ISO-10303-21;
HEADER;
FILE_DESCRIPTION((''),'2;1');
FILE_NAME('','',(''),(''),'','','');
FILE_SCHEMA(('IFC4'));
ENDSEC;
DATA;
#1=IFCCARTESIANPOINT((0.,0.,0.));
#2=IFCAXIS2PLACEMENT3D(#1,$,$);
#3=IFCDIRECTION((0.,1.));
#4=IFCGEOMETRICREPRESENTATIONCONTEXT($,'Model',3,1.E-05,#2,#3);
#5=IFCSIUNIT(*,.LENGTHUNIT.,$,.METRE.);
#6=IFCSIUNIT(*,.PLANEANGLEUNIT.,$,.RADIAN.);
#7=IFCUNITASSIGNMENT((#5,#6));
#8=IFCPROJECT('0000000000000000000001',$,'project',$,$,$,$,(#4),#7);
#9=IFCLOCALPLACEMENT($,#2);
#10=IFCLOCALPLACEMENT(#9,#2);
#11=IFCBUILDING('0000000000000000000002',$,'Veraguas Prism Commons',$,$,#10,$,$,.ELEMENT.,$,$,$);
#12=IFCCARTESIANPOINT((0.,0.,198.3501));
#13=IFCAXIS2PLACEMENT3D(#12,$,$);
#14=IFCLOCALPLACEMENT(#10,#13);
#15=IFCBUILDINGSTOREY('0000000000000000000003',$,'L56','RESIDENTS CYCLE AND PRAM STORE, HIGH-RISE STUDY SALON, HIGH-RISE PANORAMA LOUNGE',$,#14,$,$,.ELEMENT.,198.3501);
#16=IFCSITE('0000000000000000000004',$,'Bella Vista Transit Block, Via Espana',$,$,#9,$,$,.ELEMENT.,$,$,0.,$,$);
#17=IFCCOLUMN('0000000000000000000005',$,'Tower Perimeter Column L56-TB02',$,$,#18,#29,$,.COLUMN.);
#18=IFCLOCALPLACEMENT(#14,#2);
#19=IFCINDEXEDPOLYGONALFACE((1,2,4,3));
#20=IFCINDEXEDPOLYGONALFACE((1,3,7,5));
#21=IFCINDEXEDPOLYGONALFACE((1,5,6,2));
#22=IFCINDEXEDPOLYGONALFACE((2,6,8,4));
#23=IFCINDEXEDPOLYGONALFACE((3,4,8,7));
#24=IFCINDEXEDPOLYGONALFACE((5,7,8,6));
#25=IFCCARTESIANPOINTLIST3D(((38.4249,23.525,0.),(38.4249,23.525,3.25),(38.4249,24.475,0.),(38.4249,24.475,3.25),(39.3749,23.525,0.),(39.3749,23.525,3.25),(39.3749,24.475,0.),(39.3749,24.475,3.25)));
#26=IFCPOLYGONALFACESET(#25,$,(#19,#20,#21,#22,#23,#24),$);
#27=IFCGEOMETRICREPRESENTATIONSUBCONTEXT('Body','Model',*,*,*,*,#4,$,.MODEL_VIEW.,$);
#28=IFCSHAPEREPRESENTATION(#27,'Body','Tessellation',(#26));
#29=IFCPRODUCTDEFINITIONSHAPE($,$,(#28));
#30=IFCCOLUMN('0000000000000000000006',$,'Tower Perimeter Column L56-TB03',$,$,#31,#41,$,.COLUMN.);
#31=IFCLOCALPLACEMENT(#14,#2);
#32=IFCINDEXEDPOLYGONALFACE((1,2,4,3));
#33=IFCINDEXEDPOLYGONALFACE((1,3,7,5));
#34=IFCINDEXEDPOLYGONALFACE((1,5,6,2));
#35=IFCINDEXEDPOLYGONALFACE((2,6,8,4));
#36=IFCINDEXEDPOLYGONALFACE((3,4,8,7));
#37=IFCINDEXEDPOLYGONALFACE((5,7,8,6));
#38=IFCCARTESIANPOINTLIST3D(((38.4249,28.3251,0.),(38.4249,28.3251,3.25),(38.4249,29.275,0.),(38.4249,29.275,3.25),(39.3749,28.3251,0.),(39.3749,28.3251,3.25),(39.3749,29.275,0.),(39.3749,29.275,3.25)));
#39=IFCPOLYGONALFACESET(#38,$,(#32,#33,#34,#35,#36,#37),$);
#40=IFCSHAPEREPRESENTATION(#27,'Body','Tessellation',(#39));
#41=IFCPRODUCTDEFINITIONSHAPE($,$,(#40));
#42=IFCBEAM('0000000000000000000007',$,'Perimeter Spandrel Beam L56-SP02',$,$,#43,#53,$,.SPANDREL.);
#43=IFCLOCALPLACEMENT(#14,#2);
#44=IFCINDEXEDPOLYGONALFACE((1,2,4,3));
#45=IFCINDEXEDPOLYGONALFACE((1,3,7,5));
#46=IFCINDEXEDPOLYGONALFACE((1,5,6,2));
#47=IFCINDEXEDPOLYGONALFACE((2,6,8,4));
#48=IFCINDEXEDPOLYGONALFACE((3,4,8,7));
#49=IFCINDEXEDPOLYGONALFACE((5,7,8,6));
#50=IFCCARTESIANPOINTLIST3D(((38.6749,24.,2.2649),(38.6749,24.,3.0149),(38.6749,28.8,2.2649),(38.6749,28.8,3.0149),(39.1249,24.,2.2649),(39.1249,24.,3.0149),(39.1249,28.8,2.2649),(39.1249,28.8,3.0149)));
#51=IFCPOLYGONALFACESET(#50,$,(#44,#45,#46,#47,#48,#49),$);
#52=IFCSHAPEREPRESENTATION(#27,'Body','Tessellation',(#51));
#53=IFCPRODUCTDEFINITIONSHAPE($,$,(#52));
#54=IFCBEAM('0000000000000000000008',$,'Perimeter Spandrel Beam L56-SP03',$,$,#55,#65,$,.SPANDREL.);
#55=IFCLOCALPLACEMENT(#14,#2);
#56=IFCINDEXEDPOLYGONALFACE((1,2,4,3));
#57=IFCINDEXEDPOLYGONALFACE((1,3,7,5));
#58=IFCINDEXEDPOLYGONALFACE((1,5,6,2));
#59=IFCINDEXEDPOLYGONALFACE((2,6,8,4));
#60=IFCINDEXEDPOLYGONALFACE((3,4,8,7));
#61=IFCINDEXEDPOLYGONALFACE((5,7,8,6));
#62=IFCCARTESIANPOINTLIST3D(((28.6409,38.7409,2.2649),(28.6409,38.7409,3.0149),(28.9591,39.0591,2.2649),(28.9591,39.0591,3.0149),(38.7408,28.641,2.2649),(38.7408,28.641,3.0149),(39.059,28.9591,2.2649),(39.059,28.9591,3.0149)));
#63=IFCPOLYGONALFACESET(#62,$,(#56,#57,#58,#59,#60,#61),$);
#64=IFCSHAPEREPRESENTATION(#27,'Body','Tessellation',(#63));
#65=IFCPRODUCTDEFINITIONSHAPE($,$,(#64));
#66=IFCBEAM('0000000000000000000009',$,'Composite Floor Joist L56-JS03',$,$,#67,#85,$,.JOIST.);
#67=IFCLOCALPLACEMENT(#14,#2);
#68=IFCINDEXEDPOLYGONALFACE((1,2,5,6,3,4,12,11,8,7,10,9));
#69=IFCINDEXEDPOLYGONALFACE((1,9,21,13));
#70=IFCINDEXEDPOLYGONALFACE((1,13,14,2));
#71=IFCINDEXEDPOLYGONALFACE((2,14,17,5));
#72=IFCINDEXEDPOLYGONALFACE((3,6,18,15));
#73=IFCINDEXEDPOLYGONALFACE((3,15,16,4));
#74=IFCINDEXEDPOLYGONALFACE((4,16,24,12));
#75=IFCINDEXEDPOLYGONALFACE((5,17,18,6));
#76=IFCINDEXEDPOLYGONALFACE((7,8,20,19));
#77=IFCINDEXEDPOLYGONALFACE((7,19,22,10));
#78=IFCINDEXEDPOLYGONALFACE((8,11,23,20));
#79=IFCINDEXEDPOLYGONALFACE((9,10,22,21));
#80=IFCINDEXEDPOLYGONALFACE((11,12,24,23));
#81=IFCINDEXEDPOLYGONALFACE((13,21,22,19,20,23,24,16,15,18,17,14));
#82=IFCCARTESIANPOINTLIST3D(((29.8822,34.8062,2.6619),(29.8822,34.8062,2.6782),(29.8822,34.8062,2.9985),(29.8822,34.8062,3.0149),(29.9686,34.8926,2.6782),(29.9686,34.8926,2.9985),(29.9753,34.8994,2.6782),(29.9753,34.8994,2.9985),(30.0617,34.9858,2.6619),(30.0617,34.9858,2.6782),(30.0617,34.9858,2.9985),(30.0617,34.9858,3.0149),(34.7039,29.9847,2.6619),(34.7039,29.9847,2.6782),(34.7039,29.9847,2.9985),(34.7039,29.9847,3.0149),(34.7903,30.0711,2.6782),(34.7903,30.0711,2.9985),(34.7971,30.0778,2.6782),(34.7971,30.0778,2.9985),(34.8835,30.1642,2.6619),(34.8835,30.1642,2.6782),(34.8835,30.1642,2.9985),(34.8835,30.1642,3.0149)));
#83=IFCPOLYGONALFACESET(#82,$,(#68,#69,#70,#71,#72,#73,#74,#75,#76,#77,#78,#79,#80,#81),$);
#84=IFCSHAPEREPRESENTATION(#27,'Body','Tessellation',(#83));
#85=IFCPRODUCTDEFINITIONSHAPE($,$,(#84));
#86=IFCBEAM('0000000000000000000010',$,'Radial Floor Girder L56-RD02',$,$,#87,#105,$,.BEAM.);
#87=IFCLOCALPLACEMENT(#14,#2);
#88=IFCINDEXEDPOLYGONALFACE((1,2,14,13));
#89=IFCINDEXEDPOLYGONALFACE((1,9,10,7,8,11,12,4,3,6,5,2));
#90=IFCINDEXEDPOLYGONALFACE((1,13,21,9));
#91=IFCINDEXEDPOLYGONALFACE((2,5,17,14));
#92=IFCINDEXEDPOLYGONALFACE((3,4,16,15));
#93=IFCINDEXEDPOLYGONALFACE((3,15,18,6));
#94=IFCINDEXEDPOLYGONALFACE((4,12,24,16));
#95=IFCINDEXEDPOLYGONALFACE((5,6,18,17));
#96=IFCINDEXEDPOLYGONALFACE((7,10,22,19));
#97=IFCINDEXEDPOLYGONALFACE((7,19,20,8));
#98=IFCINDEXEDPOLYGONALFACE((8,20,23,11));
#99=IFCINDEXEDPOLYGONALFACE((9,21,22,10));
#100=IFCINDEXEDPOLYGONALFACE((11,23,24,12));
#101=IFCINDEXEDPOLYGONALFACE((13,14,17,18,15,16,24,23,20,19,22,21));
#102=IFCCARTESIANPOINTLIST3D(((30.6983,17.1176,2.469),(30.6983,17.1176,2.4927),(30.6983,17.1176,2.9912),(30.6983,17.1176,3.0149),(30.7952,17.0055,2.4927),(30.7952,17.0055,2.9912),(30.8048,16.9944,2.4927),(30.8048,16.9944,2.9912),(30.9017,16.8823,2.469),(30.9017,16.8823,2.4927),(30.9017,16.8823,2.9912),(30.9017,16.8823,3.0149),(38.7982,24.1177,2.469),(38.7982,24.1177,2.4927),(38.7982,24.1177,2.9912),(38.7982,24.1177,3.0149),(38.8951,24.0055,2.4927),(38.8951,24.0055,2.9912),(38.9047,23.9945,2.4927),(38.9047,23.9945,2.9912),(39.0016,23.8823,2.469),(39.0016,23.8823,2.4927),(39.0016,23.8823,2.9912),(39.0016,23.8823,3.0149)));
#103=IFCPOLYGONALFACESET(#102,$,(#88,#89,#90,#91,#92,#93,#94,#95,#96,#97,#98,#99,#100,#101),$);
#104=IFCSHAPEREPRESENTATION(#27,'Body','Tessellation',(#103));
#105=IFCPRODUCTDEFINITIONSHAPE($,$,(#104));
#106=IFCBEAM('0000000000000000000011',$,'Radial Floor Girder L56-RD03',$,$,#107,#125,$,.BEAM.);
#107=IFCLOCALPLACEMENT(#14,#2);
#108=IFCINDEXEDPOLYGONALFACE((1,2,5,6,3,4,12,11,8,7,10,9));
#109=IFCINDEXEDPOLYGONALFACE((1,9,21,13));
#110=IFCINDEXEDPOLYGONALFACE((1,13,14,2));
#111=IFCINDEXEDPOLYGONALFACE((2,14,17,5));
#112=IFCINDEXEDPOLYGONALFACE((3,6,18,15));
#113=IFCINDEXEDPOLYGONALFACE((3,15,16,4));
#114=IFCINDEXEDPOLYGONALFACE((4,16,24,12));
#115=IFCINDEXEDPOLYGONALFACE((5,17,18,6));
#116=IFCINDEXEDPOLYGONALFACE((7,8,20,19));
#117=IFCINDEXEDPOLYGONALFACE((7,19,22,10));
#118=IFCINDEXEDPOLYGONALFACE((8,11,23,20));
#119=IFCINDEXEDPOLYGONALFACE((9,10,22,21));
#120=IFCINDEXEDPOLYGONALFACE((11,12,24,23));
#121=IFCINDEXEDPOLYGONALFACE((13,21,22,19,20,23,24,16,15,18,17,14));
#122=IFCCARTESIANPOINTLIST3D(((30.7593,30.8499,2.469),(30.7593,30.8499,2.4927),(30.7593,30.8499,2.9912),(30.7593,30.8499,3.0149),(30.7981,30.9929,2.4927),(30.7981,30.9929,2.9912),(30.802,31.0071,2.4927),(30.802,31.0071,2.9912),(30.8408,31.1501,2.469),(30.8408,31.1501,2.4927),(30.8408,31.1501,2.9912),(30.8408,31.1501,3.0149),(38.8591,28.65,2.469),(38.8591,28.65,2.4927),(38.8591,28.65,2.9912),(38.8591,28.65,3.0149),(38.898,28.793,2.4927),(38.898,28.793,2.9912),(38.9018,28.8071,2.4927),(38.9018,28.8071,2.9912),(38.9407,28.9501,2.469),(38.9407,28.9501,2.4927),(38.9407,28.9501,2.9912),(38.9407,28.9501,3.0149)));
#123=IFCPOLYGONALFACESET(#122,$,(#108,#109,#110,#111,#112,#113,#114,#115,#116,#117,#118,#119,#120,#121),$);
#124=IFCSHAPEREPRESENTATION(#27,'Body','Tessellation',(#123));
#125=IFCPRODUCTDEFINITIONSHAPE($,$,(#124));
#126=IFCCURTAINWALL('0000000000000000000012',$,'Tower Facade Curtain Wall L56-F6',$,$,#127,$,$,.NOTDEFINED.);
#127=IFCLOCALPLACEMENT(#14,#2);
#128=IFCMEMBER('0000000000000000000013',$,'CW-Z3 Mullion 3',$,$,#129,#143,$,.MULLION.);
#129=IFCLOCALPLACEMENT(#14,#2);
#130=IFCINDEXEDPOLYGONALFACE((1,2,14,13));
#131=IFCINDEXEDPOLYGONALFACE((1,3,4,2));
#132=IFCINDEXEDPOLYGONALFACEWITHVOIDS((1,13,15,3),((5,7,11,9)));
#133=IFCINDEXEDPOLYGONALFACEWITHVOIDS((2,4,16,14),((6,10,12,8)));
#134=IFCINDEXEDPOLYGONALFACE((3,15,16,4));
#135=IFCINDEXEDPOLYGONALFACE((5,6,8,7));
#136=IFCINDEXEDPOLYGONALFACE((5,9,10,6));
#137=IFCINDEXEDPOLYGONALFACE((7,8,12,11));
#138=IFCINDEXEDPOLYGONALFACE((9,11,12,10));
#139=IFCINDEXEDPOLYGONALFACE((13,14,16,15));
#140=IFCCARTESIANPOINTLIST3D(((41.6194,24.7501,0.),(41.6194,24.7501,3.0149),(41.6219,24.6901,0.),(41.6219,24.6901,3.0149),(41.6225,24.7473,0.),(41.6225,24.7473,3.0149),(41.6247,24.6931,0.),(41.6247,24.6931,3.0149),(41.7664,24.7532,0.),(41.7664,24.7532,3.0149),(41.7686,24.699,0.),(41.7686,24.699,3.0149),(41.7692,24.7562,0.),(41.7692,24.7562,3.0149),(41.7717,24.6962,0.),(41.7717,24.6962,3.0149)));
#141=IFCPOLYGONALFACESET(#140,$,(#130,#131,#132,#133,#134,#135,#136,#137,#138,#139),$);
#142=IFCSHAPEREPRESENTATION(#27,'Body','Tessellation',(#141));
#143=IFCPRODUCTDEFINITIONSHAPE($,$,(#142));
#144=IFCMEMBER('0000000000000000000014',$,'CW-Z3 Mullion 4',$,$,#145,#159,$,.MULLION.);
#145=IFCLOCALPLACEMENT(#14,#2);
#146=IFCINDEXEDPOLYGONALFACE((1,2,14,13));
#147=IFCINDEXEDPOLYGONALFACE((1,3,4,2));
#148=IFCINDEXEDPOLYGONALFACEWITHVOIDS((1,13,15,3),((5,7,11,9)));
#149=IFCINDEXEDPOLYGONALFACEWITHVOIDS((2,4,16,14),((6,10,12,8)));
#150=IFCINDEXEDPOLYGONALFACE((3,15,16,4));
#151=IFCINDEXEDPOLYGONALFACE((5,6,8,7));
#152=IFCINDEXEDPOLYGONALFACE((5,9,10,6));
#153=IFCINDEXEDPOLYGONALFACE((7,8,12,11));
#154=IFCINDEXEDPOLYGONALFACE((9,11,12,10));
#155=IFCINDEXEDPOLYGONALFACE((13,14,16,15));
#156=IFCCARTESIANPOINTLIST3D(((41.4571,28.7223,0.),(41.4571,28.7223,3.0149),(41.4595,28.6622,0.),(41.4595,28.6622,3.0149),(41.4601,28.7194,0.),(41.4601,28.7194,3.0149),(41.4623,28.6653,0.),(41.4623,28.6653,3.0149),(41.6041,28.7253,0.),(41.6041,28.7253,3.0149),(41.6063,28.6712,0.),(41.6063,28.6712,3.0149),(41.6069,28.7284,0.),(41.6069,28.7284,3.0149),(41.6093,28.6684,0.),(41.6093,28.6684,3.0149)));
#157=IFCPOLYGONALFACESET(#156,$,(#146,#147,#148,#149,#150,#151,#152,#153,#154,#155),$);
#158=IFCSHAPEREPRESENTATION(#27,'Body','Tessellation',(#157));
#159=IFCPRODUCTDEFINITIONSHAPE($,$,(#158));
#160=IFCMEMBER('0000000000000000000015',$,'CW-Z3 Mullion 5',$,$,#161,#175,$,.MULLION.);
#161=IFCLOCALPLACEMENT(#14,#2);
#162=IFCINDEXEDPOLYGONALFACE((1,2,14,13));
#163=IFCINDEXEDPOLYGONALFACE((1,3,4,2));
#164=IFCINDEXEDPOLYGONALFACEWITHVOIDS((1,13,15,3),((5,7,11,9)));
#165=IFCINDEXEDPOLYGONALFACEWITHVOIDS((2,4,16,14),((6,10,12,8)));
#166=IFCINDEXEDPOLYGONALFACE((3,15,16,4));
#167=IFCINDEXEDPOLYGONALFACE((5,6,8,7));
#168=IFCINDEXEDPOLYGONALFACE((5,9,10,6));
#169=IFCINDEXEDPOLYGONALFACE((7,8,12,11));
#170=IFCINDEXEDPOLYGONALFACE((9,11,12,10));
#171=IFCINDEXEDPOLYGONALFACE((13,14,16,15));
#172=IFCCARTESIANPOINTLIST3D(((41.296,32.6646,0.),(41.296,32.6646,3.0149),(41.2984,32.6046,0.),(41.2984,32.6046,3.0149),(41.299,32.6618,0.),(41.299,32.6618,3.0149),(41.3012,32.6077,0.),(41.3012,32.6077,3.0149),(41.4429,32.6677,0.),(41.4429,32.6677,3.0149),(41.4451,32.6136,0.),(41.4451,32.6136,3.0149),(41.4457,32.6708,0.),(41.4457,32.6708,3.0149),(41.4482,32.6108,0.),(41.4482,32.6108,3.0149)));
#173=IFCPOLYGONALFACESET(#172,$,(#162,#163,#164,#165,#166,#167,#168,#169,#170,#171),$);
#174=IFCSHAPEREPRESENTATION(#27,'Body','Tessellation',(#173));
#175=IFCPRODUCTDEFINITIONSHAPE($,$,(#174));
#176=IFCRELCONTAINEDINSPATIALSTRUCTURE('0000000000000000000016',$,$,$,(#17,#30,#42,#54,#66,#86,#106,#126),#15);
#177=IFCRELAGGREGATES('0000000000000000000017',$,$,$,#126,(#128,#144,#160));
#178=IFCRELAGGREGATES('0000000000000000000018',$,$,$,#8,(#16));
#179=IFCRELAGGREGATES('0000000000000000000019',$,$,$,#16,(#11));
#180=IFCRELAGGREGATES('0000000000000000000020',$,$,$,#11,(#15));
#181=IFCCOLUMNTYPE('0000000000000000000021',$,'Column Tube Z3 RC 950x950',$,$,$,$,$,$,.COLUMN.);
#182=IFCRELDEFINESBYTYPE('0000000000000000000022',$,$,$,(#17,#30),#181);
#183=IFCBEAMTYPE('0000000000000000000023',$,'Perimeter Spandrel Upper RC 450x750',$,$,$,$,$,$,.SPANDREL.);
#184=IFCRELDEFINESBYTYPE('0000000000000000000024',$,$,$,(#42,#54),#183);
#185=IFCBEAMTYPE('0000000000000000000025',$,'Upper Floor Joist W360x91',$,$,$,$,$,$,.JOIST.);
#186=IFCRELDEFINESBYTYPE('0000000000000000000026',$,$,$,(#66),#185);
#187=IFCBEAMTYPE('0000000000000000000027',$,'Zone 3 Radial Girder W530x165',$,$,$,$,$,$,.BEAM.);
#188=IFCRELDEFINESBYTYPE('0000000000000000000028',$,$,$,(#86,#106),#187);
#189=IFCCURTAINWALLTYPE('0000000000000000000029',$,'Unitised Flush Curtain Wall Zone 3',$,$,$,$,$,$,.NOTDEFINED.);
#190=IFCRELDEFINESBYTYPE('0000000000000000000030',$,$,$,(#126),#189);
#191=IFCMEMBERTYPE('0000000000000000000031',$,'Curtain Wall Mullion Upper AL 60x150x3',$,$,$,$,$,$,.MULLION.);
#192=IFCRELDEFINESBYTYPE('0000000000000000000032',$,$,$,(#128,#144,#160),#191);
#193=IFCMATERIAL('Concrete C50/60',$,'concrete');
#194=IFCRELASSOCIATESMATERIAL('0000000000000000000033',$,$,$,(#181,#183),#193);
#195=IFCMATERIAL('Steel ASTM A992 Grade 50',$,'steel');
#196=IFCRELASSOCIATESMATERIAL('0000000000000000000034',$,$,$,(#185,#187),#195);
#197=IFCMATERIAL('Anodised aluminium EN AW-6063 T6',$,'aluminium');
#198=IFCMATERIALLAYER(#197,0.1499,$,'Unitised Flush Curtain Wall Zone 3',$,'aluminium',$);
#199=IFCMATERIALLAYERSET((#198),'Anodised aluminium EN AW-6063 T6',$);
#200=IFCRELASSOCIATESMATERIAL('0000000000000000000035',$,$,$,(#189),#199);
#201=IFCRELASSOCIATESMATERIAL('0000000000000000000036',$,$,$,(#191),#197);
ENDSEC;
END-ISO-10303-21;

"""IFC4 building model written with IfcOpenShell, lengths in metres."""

from ifc_helpers import new_model, si_unit, direction, frame, origin, origin_2d, place, context, subcontext, project, spatial, rectangle, hollow_rectangle, i_section, extrude, source, transform, mapped, material, layer, layer_set, material_profile, profile_set, type_object, element, aggregate, save


model = new_model("IFC4")

# Units and contexts
model_context = context("Model", 3, precision=1e-05, world=origin(), true_north=direction((0.0, 1.0)))
body_context = subcontext(model_context, "Body", "Model", "MODEL_VIEW")
ifc_project = project(units=[si_unit("LENGTHUNIT", "METRE"), si_unit("PLANEANGLEUNIT", "RADIAN")], contexts=[model_context])

# Site, building, storey
site_placement = place(None, origin())
site = spatial("IfcSite", under=ifc_project, at=site_placement, Name="Bella Vista Transit Block, Via Espana", CompositionType="ELEMENT", RefElevation=0.0)
building_placement = place(site_placement, origin())
building = spatial("IfcBuilding", under=site, at=building_placement, Name="Veraguas Prism Commons", CompositionType="ELEMENT")
storey_placement = place(building_placement, frame((0.0, 0.0, 198.3501)))
storey = spatial("IfcBuildingStorey", under=building, at=storey_placement, Name="L56", Description="RESIDENTS CYCLE AND PRAM STORE, HIGH-RISE STUDY SALON, HIGH-RISE PANORAMA LOUNGE", CompositionType="ELEMENT", Elevation=198.3501)

# Columns
ifc_material_1 = material(Name="Concrete C50/60", Category="concrete")
ifc_material_profile_1 = material_profile(ifc_material_1, rectangle(XDim=0.95, YDim=0.95, at=origin_2d()), Name="RC950X950")
ifc_profile_set_1 = profile_set([ifc_material_profile_1], Name="Concrete C50/60")
column_type = type_object("IfcColumnType", Name="Column Tube Z3 RC 950x950", PredefinedType="COLUMN", material=ifc_profile_set_1)
for number, where, z_axis, x_axis, name in (
    (1, (38.8999, 24.0, 0.0), (0.0, 0.0, 1.0), (1.0, 0.0, 0.0), "Tower Perimeter Column L56-TB02"),
    (2, (38.8999, 28.8, 0.0), (0.0, 0.0, 1.0), (1.0, 0.0, 0.0), "Tower Perimeter Column L56-TB03"),
):
    element("IfcColumn", number, at=place(storey_placement, frame(where, z_axis=z_axis, x_axis=x_axis)), inside=storey, type_object=column_type, Name=name, PredefinedType="COLUMN", context=body_context, shape_type="SweptSolid", body=[
        extrude(rectangle(XDim=0.95, YDim=0.95, at=origin_2d()), origin(), (0.0, 0.0, 1.0), 3.25),
    ])

# Beams
ifc_material_profile_2 = material_profile(ifc_material_1, rectangle(XDim=0.45, YDim=0.75, at=origin_2d()), Name="RC450X750")
ifc_profile_set_2 = profile_set([ifc_material_profile_2], Name="Concrete C50/60")
beam_type_1 = type_object("IfcBeamType", Name="Perimeter Spandrel Upper RC 450x750", PredefinedType="SPANDREL", material=ifc_profile_set_2)
beam_1_placement = place(storey_placement, frame((38.8999, 24.0, 2.6399), z_axis=(0.0, 1.0, 0.0), x_axis=(-1.0, 0.0, 0.0)))
element("IfcBeam", 3, at=beam_1_placement, inside=storey, type_object=beam_type_1, Name="Perimeter Spandrel Beam L56-SP02", PredefinedType="SPANDREL", context=body_context, shape_type="SweptSolid", body=[
    extrude(rectangle(XDim=0.45, YDim=0.75, at=origin_2d()), origin(), (0.0, 0.0, 1.0), 4.8),
])
beam_2_placement = place(storey_placement, frame((38.8999, 28.8, 2.6399), z_axis=(-0.707107, 0.707107, 0.0), x_axis=(-0.707107, -0.707107, 0.0)))
element("IfcBeam", 4, at=beam_2_placement, inside=storey, type_object=beam_type_1, Name="Perimeter Spandrel Beam L56-SP03", PredefinedType="SPANDREL", context=body_context, shape_type="SweptSolid", body=[
    extrude(rectangle(XDim=0.45, YDim=0.75, at=origin_2d()), origin(), (0.0, 0.0, 1.0), 14.2834),
])
ifc_material_2 = material(Name="Steel ASTM A992 Grade 50", Category="steel")
ifc_material_profile_3 = material_profile(ifc_material_2, i_section(OverallWidth=0.2539, OverallDepth=0.353, WebThickness=0.0095, FlangeThickness=0.0164, at=origin_2d()), Name="W360X91")
ifc_profile_set_3 = profile_set([ifc_material_profile_3], Name="Steel ASTM A992 Grade 50")
beam_type_2 = type_object("IfcBeamType", Name="Upper Floor Joist W360x91", PredefinedType="JOIST", material=ifc_profile_set_3)
beam_3_placement = place(storey_placement, frame((34.7937, 30.0745, 2.8384), z_axis=(-0.707125, 0.707089, 0.0), x_axis=(-0.707089, -0.707125, 0.0)))
element("IfcBeam", 5, at=beam_3_placement, inside=storey, type_object=beam_type_2, Name="Composite Floor Joist L56-JS03", PredefinedType="JOIST", context=body_context, shape_type="SweptSolid", body=[
    extrude(i_section(OverallWidth=0.2539, OverallDepth=0.353, WebThickness=0.0095, FlangeThickness=0.0164, at=origin_2d()), origin(), (0.0, 0.0, 1.0), 6.8188),
])
ifc_material_profile_4 = material_profile(ifc_material_2, i_section(OverallWidth=0.311, OverallDepth=0.5459, WebThickness=0.0146, FlangeThickness=0.0237, at=origin_2d()), Name="W530X165")
ifc_profile_set_4 = profile_set([ifc_material_profile_4], Name="Steel ASTM A992 Grade 50")
beam_type_3 = type_object("IfcBeamType", Name="Zone 3 Radial Girder W530x165", PredefinedType="BEAM", material=ifc_profile_set_4)
beam_4_placement = place(storey_placement, frame((38.8999, 24.0, 2.7419), z_axis=(-0.756607, -0.65387, 0.0), x_axis=(0.65387, -0.756607, 0.0)))
element("IfcBeam", 6, at=beam_4_placement, inside=storey, type_object=beam_type_3, Name="Radial Floor Girder L56-RD02", PredefinedType="BEAM", context=body_context, shape_type="SweptSolid", body=[
    extrude(i_section(OverallWidth=0.311, OverallDepth=0.5459, WebThickness=0.0146, FlangeThickness=0.0237, at=origin_2d()), origin(), (0.0, 0.0, 1.0), 10.7056),
])
beam_5_placement = place(storey_placement, frame((38.8999, 28.8, 2.7419), z_axis=(-0.965039, 0.262108, 0.0), x_axis=(-0.262108, -0.965039, 0.0)))
element("IfcBeam", 7, at=beam_5_placement, inside=storey, type_object=beam_type_3, Name="Radial Floor Girder L56-RD03", PredefinedType="BEAM", context=body_context, shape_type="SweptSolid", body=[
    extrude(i_section(OverallWidth=0.311, OverallDepth=0.5459, WebThickness=0.0146, FlangeThickness=0.0237, at=origin_2d()), origin(), (0.0, 0.0, 1.0), 8.3933),
])

# Curtain wall, members
ifc_material_3 = material(Name="Anodised aluminium EN AW-6063 T6", Category="aluminium")
ifc_layer_1 = layer(ifc_material_3, 0.1499, Name="Unitised Flush Curtain Wall Zone 3", Category="aluminium")
ifc_layer_set_1 = layer_set([ifc_layer_1], Name="Anodised aluminium EN AW-6063 T6")
curtain_wall_type = type_object("IfcCurtainWallType", Name="Unitised Flush Curtain Wall Zone 3", PredefinedType="NOTDEFINED", material=ifc_layer_set_1)
curtain_wall_placement = place(storey_placement, origin())
curtain_wall = element("IfcCurtainWall", 8, at=curtain_wall_placement, inside=storey, type_object=curtain_wall_type, Name="Tower Facade Curtain Wall L56-F6", PredefinedType="NOTDEFINED")
ifc_material_profile_5 = material_profile(ifc_material_3, hollow_rectangle(XDim=0.0601, YDim=0.1499, WallThickness=0.0029, at=origin_2d()), Name="AL60X150X3")
ifc_profile_set_5 = profile_set([ifc_material_profile_5], Name="Anodised aluminium EN AW-6063 T6")
member_type = type_object("IfcMemberType", Name="Curtain Wall Mullion Upper AL 60x150x3", PredefinedType="MULLION", material=ifc_profile_set_5)
shared_shape_1 = source(origin(), body_context, "Body", "SweptSolid", [
    extrude(hollow_rectangle(XDim=0.0601, YDim=0.1499, WallThickness=0.0029, at=origin_2d()), origin(), (0.0, 0.0, 1.0), 3.0149),
])
member_1_placement = place(storey_placement, frame((41.6956, 24.7231, 0.0), z_axis=(0.0, 0.0, 1.0), x_axis=(-0.040829, 0.999166, 0.0)))
member_1 = element("IfcMember", 9, at=member_1_placement, type_object=member_type, Name="CW-Z3 Mullion 3", PredefinedType="MULLION", context=body_context, shape_type="MappedRepresentation", body=[
    mapped(shared_shape_1, transform((0.0, 0.0, 0.0), scale=1.0)),
])
member_2_placement = place(storey_placement, frame((41.5332, 28.6953, 0.0), z_axis=(0.0, 0.0, 1.0), x_axis=(-0.040829, 0.999166, 0.0)))
member_2 = element("IfcMember", 10, at=member_2_placement, type_object=member_type, Name="CW-Z3 Mullion 4", PredefinedType="MULLION", context=body_context, shape_type="MappedRepresentation", body=[
    mapped(shared_shape_1, transform((0.0, 0.0, 0.0), scale=1.0)),
])
member_3_placement = place(storey_placement, frame((41.3721, 32.6377, 0.0), z_axis=(0.0, 0.0, 1.0), x_axis=(-0.040829, 0.999166, 0.0)))
member_3 = element("IfcMember", 11, at=member_3_placement, type_object=member_type, Name="CW-Z3 Mullion 5", PredefinedType="MULLION", context=body_context, shape_type="MappedRepresentation", body=[
    mapped(shared_shape_1, transform((0.0, 0.0, 0.0), scale=1.0)),
])
aggregate(curtain_wall, [member_1, member_2, member_3])

save(model, "model.ifc")
